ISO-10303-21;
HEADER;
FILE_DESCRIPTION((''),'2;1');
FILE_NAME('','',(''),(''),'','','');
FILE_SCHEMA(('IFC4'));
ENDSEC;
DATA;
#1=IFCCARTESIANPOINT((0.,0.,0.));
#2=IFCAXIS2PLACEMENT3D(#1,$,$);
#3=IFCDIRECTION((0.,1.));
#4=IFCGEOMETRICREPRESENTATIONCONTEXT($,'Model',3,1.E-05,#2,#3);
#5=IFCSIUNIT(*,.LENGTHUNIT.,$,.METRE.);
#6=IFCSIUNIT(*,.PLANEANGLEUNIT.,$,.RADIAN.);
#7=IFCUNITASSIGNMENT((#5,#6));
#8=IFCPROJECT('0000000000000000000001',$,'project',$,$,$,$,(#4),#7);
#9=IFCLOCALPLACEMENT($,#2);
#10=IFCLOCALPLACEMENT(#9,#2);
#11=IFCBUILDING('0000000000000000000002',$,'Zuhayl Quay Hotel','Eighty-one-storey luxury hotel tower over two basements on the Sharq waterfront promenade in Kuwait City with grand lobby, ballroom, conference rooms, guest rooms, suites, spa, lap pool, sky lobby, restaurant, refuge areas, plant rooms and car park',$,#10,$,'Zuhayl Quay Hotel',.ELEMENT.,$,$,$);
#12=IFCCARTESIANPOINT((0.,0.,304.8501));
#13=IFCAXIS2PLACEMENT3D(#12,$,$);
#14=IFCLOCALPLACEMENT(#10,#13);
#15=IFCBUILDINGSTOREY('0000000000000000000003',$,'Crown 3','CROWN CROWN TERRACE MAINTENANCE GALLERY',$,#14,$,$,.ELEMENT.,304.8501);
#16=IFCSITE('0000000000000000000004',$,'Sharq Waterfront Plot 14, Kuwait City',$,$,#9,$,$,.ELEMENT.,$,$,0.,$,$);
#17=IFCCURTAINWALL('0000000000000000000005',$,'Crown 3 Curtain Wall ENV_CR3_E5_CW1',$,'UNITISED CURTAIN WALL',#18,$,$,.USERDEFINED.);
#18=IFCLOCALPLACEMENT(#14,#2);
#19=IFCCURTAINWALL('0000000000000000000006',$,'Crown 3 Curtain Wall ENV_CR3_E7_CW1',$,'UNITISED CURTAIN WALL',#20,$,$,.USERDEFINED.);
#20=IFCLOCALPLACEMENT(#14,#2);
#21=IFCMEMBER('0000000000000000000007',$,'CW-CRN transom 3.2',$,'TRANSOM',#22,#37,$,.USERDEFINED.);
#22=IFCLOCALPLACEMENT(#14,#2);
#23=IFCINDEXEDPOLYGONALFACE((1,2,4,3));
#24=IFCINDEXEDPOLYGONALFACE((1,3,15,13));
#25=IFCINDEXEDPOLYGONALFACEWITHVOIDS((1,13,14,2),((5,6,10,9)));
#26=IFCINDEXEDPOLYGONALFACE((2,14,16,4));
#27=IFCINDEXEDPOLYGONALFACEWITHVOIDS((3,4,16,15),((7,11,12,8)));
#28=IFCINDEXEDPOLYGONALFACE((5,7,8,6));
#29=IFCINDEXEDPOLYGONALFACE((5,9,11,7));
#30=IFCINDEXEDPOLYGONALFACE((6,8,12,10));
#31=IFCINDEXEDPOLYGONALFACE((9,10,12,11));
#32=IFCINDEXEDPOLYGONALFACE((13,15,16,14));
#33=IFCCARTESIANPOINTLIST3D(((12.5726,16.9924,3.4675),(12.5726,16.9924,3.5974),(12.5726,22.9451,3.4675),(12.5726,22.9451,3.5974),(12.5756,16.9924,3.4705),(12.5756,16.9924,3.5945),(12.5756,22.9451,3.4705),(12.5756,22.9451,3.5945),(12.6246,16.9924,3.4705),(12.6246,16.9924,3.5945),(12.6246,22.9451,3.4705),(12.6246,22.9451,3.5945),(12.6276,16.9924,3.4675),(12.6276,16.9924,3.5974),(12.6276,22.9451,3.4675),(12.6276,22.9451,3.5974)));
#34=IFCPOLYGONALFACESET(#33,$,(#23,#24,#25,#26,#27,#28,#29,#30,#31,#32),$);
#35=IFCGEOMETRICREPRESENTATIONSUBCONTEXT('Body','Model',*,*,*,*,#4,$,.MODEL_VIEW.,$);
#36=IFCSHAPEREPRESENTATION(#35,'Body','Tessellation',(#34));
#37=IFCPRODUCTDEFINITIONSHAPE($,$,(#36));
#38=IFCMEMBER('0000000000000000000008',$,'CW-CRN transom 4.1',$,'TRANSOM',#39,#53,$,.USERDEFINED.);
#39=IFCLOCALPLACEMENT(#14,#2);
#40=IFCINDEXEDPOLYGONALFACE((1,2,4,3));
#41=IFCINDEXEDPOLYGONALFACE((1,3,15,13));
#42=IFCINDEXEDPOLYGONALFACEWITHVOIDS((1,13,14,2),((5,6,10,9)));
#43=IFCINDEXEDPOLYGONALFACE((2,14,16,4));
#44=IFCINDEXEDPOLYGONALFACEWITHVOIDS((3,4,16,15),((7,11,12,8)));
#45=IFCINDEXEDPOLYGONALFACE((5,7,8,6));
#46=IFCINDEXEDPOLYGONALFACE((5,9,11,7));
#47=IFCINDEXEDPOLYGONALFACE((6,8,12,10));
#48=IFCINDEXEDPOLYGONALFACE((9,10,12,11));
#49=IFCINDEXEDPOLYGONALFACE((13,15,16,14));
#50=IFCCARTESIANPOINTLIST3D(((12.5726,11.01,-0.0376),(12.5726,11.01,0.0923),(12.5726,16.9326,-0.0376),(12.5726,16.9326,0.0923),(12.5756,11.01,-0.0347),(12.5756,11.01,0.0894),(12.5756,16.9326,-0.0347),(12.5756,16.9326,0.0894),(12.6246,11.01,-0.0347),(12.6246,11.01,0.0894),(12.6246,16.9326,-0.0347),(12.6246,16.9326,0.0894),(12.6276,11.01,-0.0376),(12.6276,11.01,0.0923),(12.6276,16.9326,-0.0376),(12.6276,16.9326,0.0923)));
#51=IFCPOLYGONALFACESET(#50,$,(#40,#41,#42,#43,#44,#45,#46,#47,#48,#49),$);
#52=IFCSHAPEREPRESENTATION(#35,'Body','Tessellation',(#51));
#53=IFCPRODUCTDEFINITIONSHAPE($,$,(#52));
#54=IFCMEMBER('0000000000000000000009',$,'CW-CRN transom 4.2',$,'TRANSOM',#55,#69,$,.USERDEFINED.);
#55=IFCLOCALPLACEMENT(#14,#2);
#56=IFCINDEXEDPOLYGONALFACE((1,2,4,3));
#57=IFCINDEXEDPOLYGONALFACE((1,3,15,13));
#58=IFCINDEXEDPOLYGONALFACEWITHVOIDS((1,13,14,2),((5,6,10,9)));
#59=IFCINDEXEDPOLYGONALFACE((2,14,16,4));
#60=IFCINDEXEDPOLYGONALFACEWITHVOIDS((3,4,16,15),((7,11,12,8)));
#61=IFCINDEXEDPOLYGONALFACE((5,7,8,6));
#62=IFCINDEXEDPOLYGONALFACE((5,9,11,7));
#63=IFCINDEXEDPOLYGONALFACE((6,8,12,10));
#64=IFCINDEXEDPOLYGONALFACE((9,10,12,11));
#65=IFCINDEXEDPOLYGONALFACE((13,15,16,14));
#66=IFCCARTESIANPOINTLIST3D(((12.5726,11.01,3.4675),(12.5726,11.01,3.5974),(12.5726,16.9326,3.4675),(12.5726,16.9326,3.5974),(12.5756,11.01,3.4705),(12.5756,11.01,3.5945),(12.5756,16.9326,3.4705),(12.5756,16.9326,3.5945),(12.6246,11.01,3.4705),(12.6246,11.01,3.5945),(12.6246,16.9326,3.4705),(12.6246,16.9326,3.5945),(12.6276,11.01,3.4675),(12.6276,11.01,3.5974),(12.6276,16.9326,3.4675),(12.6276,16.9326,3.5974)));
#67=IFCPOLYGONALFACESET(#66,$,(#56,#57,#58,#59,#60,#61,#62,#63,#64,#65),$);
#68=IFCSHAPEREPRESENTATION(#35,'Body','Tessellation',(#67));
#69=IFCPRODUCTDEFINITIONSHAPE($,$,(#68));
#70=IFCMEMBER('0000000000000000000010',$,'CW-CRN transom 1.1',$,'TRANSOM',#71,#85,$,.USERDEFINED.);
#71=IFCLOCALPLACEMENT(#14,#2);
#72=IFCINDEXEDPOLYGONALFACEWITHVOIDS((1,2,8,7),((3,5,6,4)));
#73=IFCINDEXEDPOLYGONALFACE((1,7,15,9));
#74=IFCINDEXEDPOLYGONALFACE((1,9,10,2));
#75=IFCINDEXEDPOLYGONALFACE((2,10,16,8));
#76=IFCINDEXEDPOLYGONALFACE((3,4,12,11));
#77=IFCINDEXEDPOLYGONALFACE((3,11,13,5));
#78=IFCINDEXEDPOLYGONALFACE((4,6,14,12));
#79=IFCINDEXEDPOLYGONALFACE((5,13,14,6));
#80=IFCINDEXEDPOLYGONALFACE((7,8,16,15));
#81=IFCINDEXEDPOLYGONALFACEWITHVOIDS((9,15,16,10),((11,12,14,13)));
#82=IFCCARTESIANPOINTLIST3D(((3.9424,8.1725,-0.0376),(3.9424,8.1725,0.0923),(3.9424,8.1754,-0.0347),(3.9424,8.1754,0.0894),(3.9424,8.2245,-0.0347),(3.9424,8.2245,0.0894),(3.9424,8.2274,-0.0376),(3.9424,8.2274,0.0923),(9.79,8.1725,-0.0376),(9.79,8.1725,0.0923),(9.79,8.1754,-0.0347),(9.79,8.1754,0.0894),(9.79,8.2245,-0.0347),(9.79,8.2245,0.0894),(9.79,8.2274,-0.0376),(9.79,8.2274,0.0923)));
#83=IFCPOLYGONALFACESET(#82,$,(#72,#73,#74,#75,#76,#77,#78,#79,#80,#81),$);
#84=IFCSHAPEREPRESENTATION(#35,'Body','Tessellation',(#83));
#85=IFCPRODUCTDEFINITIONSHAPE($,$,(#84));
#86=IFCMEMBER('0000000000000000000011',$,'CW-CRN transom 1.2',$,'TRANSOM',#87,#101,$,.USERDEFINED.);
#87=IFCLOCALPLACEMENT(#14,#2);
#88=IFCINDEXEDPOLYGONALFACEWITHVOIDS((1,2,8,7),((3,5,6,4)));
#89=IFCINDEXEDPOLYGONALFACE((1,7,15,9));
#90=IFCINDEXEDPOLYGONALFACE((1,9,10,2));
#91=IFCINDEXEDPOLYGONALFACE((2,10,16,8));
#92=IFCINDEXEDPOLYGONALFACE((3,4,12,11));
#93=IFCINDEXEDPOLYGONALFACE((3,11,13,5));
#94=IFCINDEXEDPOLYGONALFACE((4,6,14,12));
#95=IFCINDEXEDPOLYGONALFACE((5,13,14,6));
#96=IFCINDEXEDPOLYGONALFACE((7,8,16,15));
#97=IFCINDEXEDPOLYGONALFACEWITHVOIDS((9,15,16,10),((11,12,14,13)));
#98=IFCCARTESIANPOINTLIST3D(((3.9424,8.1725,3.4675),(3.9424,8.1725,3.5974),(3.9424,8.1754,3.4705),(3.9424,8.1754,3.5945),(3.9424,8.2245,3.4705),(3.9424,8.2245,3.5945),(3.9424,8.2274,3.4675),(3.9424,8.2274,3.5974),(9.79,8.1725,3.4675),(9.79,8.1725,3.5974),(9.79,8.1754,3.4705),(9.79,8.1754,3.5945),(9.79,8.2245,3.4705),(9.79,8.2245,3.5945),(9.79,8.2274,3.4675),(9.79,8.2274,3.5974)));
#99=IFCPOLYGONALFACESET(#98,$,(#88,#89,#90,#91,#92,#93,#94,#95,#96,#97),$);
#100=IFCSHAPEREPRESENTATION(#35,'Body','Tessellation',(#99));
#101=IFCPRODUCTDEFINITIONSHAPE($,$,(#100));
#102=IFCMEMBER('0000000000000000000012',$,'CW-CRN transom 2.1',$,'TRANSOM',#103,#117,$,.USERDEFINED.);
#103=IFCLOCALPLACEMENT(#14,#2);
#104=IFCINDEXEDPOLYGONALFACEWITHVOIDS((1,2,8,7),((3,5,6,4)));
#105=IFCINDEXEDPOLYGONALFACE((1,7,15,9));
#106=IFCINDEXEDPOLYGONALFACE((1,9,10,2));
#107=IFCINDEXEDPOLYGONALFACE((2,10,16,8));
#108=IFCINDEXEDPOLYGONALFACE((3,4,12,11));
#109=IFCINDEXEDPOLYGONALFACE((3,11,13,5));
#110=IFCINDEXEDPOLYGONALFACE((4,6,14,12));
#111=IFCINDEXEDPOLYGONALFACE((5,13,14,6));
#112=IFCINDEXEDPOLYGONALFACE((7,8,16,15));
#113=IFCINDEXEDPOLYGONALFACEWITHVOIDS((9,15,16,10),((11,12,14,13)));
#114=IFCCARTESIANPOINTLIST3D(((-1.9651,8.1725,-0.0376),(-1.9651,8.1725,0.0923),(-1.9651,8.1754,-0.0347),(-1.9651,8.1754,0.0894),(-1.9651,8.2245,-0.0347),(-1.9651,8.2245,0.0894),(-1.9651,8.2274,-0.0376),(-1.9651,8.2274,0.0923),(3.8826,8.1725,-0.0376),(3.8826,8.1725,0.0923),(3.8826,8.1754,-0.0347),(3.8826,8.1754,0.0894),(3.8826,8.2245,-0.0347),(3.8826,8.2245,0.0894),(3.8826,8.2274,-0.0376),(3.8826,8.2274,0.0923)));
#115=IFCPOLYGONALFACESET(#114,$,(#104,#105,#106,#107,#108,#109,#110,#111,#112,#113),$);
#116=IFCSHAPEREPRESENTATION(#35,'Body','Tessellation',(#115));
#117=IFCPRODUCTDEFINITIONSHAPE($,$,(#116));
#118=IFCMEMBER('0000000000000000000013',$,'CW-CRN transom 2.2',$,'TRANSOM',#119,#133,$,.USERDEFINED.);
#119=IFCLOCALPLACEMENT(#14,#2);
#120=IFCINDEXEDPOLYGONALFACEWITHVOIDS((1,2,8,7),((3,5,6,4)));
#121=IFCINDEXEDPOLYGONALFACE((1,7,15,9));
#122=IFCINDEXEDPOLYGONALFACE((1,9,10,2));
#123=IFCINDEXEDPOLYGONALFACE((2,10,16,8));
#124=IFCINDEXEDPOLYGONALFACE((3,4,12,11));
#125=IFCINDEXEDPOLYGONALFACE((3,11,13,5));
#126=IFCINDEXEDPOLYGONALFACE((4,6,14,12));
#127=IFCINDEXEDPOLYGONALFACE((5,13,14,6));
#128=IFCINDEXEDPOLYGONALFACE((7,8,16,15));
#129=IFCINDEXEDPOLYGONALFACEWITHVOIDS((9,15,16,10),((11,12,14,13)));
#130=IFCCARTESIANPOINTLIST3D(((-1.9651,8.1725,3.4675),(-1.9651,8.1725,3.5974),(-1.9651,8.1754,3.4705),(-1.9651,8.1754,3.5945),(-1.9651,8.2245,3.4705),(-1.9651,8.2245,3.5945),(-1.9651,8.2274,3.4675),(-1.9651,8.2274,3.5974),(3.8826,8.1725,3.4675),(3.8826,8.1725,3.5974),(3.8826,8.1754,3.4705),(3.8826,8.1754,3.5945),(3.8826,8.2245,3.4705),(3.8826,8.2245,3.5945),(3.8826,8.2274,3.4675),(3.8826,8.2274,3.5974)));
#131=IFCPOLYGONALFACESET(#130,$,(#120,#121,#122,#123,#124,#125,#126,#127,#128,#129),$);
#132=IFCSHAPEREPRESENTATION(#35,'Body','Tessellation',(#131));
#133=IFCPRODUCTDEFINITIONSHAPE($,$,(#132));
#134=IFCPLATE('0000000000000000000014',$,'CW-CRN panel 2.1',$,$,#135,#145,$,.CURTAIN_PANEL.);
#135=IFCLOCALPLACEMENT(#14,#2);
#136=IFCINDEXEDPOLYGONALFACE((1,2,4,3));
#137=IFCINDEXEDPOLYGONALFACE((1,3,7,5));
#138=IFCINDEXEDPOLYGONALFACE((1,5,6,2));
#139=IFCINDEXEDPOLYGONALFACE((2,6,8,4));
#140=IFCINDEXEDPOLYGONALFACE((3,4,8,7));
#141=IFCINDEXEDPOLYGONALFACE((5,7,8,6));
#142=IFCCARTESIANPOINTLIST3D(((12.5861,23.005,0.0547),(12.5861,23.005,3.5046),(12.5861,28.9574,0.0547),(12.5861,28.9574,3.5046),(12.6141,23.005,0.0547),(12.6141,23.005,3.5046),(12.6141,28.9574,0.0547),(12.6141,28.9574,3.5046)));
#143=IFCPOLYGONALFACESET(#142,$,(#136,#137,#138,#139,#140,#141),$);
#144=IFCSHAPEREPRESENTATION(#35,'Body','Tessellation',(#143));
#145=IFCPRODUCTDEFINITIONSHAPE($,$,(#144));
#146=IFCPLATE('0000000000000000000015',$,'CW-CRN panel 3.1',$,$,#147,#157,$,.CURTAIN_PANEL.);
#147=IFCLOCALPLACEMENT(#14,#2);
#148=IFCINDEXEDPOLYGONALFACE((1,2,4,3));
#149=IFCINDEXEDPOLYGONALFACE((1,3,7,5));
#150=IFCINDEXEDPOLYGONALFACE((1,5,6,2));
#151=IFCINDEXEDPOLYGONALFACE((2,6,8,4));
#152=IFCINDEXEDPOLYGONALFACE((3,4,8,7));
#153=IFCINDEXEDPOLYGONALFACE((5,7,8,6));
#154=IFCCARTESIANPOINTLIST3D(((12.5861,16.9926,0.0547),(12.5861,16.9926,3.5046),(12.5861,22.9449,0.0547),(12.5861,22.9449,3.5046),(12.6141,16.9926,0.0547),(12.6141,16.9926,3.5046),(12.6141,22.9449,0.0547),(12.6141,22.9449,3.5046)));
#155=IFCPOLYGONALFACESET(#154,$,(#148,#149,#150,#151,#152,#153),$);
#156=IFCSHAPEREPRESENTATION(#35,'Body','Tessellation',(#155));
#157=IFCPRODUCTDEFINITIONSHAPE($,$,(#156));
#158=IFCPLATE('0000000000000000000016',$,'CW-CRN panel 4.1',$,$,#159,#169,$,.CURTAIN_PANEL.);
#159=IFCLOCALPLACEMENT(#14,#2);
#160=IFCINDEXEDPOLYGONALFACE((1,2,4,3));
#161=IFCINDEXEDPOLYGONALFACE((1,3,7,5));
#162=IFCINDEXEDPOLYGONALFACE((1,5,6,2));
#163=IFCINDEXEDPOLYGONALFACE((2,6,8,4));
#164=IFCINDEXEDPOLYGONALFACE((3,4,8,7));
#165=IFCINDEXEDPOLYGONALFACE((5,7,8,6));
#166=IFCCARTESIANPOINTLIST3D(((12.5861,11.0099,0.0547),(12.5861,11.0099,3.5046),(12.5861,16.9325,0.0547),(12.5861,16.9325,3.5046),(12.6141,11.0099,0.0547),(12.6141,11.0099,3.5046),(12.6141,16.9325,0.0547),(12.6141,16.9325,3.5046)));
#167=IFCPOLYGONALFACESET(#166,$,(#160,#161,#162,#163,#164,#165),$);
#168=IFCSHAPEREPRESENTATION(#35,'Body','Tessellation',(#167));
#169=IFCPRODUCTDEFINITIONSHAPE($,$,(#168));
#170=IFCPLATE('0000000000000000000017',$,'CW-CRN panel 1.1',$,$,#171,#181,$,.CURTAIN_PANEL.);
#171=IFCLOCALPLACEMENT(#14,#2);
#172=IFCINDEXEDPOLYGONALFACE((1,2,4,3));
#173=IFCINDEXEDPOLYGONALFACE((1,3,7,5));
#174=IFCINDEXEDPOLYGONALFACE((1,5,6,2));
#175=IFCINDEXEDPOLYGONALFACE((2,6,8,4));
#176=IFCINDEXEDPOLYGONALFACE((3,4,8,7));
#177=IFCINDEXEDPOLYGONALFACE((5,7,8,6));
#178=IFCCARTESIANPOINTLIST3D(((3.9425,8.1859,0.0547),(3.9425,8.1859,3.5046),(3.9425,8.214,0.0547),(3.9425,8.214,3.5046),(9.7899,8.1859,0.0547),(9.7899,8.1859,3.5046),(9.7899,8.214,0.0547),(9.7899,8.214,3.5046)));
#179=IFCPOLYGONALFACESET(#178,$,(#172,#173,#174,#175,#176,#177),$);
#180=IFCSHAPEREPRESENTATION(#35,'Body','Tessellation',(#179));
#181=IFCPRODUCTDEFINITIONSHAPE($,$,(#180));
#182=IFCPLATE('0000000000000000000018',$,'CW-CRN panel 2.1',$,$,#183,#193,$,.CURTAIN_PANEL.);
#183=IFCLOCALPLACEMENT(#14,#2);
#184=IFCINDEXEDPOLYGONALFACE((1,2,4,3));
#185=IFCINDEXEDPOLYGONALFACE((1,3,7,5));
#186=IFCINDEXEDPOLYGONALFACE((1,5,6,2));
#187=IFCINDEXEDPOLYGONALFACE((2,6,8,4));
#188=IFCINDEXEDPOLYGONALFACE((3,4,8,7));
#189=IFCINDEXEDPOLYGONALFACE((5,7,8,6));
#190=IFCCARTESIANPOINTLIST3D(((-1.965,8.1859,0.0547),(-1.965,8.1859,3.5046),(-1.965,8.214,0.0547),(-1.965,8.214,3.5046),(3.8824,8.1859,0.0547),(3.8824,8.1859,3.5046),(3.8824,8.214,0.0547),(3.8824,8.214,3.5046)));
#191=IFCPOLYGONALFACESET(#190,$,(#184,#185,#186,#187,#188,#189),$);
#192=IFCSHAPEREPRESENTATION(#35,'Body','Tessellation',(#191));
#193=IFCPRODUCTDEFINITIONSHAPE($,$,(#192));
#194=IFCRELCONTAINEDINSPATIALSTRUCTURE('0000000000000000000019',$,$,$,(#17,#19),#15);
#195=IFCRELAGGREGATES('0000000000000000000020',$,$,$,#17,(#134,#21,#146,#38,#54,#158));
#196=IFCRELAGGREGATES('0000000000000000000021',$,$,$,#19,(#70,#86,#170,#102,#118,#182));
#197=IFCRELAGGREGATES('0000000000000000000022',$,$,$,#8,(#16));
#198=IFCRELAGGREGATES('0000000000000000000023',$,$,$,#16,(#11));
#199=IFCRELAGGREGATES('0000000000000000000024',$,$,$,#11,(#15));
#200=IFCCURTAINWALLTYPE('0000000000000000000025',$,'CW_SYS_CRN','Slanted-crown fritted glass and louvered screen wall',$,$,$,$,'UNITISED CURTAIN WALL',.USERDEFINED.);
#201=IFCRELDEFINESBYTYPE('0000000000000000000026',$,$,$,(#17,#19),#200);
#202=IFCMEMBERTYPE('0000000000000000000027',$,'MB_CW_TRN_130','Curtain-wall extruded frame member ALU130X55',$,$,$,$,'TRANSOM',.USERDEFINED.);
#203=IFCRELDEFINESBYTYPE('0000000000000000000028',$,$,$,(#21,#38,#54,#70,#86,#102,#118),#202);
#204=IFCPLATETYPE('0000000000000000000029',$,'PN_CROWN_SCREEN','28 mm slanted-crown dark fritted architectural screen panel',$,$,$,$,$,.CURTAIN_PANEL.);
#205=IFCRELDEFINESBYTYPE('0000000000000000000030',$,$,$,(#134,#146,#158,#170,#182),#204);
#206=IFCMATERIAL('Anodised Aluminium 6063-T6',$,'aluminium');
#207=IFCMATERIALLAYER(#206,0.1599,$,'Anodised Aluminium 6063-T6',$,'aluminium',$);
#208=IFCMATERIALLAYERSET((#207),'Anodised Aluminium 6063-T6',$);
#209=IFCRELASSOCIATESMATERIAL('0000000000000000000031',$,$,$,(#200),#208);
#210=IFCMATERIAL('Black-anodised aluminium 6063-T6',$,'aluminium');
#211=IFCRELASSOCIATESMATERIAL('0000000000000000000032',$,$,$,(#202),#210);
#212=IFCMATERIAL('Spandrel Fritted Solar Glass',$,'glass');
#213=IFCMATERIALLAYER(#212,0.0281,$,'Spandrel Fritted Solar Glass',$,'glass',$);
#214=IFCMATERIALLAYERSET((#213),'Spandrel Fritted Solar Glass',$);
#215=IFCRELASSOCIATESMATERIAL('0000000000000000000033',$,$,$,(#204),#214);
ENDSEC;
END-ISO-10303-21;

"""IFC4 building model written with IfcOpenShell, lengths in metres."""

from ifc_helpers import new_model, si_unit, direction, frame, origin, origin_2d, place, context, subcontext, project, spatial, rectangle, hollow_rectangle, extrude, material, layer, layer_set, material_profile, profile_set, type_object, element, aggregate, save


model = new_model("IFC4")

# Units and contexts
model_context = context("Model", 3, precision=1e-05, world=origin(), true_north=direction((0.0, 1.0)))
body_context = subcontext(model_context, "Body", "Model", "MODEL_VIEW")
ifc_project = project(units=[si_unit("LENGTHUNIT", "METRE"), si_unit("PLANEANGLEUNIT", "RADIAN")], contexts=[model_context])

# Site, building, storey
site_placement = place(None, origin())
site = spatial("IfcSite", under=ifc_project, at=site_placement, Name="Sharq Waterfront Plot 14, Kuwait City", CompositionType="ELEMENT", RefElevation=0.0)
building_placement = place(site_placement, origin())
building = spatial("IfcBuilding", under=site, at=building_placement, Name="Zuhayl Quay Hotel", Description="Eighty-one-storey luxury hotel tower over two basements on the Sharq waterfront promenade in Kuwait City with grand lobby, ballroom, conference rooms, guest rooms, suites, spa, lap pool, sky lobby, restaurant, refuge areas, plant rooms and car park", LongName="Zuhayl Quay Hotel", CompositionType="ELEMENT")
storey_placement = place(building_placement, frame((0.0, 0.0, 304.8501)))
storey = spatial("IfcBuildingStorey", under=building, at=storey_placement, Name="Crown 3", Description="CROWN CROWN TERRACE MAINTENANCE GALLERY", CompositionType="ELEMENT", Elevation=304.8501)

# Curtain walls
ifc_material_1 = material(Name="Anodised Aluminium 6063-T6", Category="aluminium")
ifc_layer_1 = layer(ifc_material_1, 0.1599, Name="Anodised Aluminium 6063-T6", Category="aluminium")
ifc_layer_set_1 = layer_set([ifc_layer_1], Name="Anodised Aluminium 6063-T6")
curtain_wall_type = type_object("IfcCurtainWallType", Name="CW_SYS_CRN", Description="Slanted-crown fritted glass and louvered screen wall", ElementType="UNITISED CURTAIN WALL", PredefinedType="USERDEFINED", material=ifc_layer_set_1)
curtain_wall_1_placement = place(storey_placement, origin())
curtain_wall_1 = element("IfcCurtainWall", 1, at=curtain_wall_1_placement, inside=storey, type_object=curtain_wall_type, Name="Crown 3 Curtain Wall ENV_CR3_E5_CW1", ObjectType="UNITISED CURTAIN WALL", PredefinedType="USERDEFINED")
ifc_material_2 = material(Name="Black-anodised aluminium 6063-T6", Category="aluminium")
curtain_wall_2_placement = place(storey_placement, origin())
curtain_wall_2 = element("IfcCurtainWall", 2, at=curtain_wall_2_placement, inside=storey, type_object=curtain_wall_type, Name="Crown 3 Curtain Wall ENV_CR3_E7_CW1", ObjectType="UNITISED CURTAIN WALL", PredefinedType="USERDEFINED")

# Members
ifc_material_profile_1 = material_profile(ifc_material_2, hollow_rectangle(XDim=0.0549, YDim=0.1299, WallThickness=0.0029, at=origin_2d()), Name="ALU130X55")
ifc_profile_set_1 = profile_set([ifc_material_profile_1], Name="Black-anodised aluminium 6063-T6")
member_type_1 = type_object("IfcMemberType", Name="MB_CW_TRN_130", Description="Curtain-wall extruded frame member ALU130X55", ElementType="TRANSOM", PredefinedType="USERDEFINED", material=ifc_profile_set_1)
member_1_placement = place(storey_placement, frame((12.6001, 22.9451, 3.5325), z_axis=(0.0, -1.0, 0.0), x_axis=(1.0, 0.0, 0.0)))
member_1 = element("IfcMember", 3, at=member_1_placement, type_object=member_type_1, Name="CW-CRN transom 3.2", ObjectType="TRANSOM", PredefinedType="USERDEFINED", context=body_context, shape_type="SweptSolid", body=[
    extrude(hollow_rectangle(XDim=0.0549, YDim=0.1299, WallThickness=0.0029, at=origin_2d()), origin(), (0.0, 0.0, 1.0), 5.9526),
])
member_2_placement = place(storey_placement, frame((12.6001, 16.9326, 0.0273), z_axis=(0.0, -1.0, 0.0), x_axis=(1.0, 0.0, 0.0)))
member_2 = element("IfcMember", 4, at=member_2_placement, type_object=member_type_1, Name="CW-CRN transom 4.1", ObjectType="TRANSOM", PredefinedType="USERDEFINED", context=body_context, shape_type="SweptSolid", body=[
    extrude(hollow_rectangle(XDim=0.0549, YDim=0.1299, WallThickness=0.0029, at=origin_2d()), origin(), (0.0, 0.0, 1.0), 5.9226),
])
member_3_placement = place(storey_placement, frame((12.6001, 16.9326, 3.5325), z_axis=(0.0, -1.0, 0.0), x_axis=(1.0, 0.0, 0.0)))
member_3 = element("IfcMember", 5, at=member_3_placement, type_object=member_type_1, Name="CW-CRN transom 4.2", ObjectType="TRANSOM", PredefinedType="USERDEFINED", context=body_context, shape_type="SweptSolid", body=[
    extrude(hollow_rectangle(XDim=0.0549, YDim=0.1299, WallThickness=0.0029, at=origin_2d()), origin(), (0.0, 0.0, 1.0), 5.9226),
])
member_4_placement = place(storey_placement, frame((9.79, 8.2, 0.0273), z_axis=(-1.0, 0.0, 0.0), x_axis=(0.0, -1.0, 0.0)))
member_4 = element("IfcMember", 6, at=member_4_placement, type_object=member_type_1, Name="CW-CRN transom 1.1", ObjectType="TRANSOM", PredefinedType="USERDEFINED", context=body_context, shape_type="SweptSolid", body=[
    extrude(hollow_rectangle(XDim=0.0549, YDim=0.1299, WallThickness=0.0029, at=origin_2d()), origin(), (0.0, 0.0, 1.0), 5.8477),
])
member_5_placement = place(storey_placement, frame((9.79, 8.2, 3.5325), z_axis=(-1.0, 0.0, 0.0), x_axis=(0.0, -1.0, 0.0)))
member_5 = element("IfcMember", 7, at=member_5_placement, type_object=member_type_1, Name="CW-CRN transom 1.2", ObjectType="TRANSOM", PredefinedType="USERDEFINED", context=body_context, shape_type="SweptSolid", body=[
    extrude(hollow_rectangle(XDim=0.0549, YDim=0.1299, WallThickness=0.0029, at=origin_2d()), origin(), (0.0, 0.0, 1.0), 5.8477),
])
member_6_placement = place(storey_placement, frame((3.8826, 8.2, 0.0273), z_axis=(-1.0, 0.0, 0.0), x_axis=(0.0, -1.0, 0.0)))
member_6 = element("IfcMember", 8, at=member_6_placement, type_object=member_type_1, Name="CW-CRN transom 2.1", ObjectType="TRANSOM", PredefinedType="USERDEFINED", context=body_context, shape_type="SweptSolid", body=[
    extrude(hollow_rectangle(XDim=0.0549, YDim=0.1299, WallThickness=0.0029, at=origin_2d()), origin(), (0.0, 0.0, 1.0), 5.8477),
])
member_7_placement = place(storey_placement, frame((3.8826, 8.2, 3.5325), z_axis=(-1.0, 0.0, 0.0), x_axis=(0.0, -1.0, 0.0)))
member_7 = element("IfcMember", 9, at=member_7_placement, type_object=member_type_1, Name="CW-CRN transom 2.2", ObjectType="TRANSOM", PredefinedType="USERDEFINED", context=body_context, shape_type="SweptSolid", body=[
    extrude(hollow_rectangle(XDim=0.0549, YDim=0.1299, WallThickness=0.0029, at=origin_2d()), origin(), (0.0, 0.0, 1.0), 5.8477),
])

# Plates
ifc_material_3 = material(Name="Spandrel Fritted Solar Glass", Category="glass")
ifc_layer_2 = layer(ifc_material_3, 0.0281, Name="Spandrel Fritted Solar Glass", Category="glass")
ifc_layer_set_2 = layer_set([ifc_layer_2], Name="Spandrel Fritted Solar Glass")
plate_type = type_object("IfcPlateType", Name="PN_CROWN_SCREEN", Description="28 mm slanted-crown dark fritted architectural screen panel", PredefinedType="CURTAIN_PANEL", material=ifc_layer_set_2)
plate_1_placement = place(storey_placement, frame((12.6001, 25.9812, 0.0547), z_axis=(0.0, 0.0, 1.0), x_axis=(0.0, -1.0, 0.0)))
plate_1 = element("IfcPlate", 10, at=plate_1_placement, type_object=plate_type, Name="CW-CRN panel 2.1", PredefinedType="CURTAIN_PANEL", context=body_context, shape_type="SweptSolid", body=[
    extrude(rectangle(XDim=5.9524, YDim=0.0281, at=origin_2d()), origin(), (0.0, 0.0, 1.0), 3.45),
])
plate_2_placement = place(storey_placement, frame((12.6001, 19.9688, 0.0547), z_axis=(0.0, 0.0, 1.0), x_axis=(0.0, -1.0, 0.0)))
plate_2 = element("IfcPlate", 11, at=plate_2_placement, type_object=plate_type, Name="CW-CRN panel 3.1", PredefinedType="CURTAIN_PANEL", context=body_context, shape_type="SweptSolid", body=[
    extrude(rectangle(XDim=5.9524, YDim=0.0281, at=origin_2d()), origin(), (0.0, 0.0, 1.0), 3.45),
])
plate_3_placement = place(storey_placement, frame((12.6001, 13.9712, 0.0547), z_axis=(0.0, 0.0, 1.0), x_axis=(0.0, -1.0, 0.0)))
plate_3 = element("IfcPlate", 12, at=plate_3_placement, type_object=plate_type, Name="CW-CRN panel 4.1", PredefinedType="CURTAIN_PANEL", context=body_context, shape_type="SweptSolid", body=[
    extrude(rectangle(XDim=5.9226, YDim=0.0281, at=origin_2d()), origin(), (0.0, 0.0, 1.0), 3.45),
])
aggregate(curtain_wall_1, [plate_1, member_1, plate_2, member_2, member_3, plate_3])
plate_4_placement = place(storey_placement, frame((6.8662, 8.2, 0.0547), z_axis=(0.0, 0.0, 1.0), x_axis=(-1.0, 0.0, 0.0)))
plate_4 = element("IfcPlate", 13, at=plate_4_placement, type_object=plate_type, Name="CW-CRN panel 1.1", PredefinedType="CURTAIN_PANEL", context=body_context, shape_type="SweptSolid", body=[
    extrude(rectangle(XDim=5.8474, YDim=0.0281, at=origin_2d()), origin(), (0.0, 0.0, 1.0), 3.45),
])
plate_5_placement = place(storey_placement, frame((0.9587, 8.2, 0.0547), z_axis=(0.0, 0.0, 1.0), x_axis=(-1.0, 0.0, 0.0)))
plate_5 = element("IfcPlate", 14, at=plate_5_placement, type_object=plate_type, Name="CW-CRN panel 2.1", PredefinedType="CURTAIN_PANEL", context=body_context, shape_type="SweptSolid", body=[
    extrude(rectangle(XDim=5.8474, YDim=0.0281, at=origin_2d()), origin(), (0.0, 0.0, 1.0), 3.45),
])
aggregate(curtain_wall_2, [member_4, member_5, plate_4, member_6, member_7, plate_5])

save(model, "model.ifc")
